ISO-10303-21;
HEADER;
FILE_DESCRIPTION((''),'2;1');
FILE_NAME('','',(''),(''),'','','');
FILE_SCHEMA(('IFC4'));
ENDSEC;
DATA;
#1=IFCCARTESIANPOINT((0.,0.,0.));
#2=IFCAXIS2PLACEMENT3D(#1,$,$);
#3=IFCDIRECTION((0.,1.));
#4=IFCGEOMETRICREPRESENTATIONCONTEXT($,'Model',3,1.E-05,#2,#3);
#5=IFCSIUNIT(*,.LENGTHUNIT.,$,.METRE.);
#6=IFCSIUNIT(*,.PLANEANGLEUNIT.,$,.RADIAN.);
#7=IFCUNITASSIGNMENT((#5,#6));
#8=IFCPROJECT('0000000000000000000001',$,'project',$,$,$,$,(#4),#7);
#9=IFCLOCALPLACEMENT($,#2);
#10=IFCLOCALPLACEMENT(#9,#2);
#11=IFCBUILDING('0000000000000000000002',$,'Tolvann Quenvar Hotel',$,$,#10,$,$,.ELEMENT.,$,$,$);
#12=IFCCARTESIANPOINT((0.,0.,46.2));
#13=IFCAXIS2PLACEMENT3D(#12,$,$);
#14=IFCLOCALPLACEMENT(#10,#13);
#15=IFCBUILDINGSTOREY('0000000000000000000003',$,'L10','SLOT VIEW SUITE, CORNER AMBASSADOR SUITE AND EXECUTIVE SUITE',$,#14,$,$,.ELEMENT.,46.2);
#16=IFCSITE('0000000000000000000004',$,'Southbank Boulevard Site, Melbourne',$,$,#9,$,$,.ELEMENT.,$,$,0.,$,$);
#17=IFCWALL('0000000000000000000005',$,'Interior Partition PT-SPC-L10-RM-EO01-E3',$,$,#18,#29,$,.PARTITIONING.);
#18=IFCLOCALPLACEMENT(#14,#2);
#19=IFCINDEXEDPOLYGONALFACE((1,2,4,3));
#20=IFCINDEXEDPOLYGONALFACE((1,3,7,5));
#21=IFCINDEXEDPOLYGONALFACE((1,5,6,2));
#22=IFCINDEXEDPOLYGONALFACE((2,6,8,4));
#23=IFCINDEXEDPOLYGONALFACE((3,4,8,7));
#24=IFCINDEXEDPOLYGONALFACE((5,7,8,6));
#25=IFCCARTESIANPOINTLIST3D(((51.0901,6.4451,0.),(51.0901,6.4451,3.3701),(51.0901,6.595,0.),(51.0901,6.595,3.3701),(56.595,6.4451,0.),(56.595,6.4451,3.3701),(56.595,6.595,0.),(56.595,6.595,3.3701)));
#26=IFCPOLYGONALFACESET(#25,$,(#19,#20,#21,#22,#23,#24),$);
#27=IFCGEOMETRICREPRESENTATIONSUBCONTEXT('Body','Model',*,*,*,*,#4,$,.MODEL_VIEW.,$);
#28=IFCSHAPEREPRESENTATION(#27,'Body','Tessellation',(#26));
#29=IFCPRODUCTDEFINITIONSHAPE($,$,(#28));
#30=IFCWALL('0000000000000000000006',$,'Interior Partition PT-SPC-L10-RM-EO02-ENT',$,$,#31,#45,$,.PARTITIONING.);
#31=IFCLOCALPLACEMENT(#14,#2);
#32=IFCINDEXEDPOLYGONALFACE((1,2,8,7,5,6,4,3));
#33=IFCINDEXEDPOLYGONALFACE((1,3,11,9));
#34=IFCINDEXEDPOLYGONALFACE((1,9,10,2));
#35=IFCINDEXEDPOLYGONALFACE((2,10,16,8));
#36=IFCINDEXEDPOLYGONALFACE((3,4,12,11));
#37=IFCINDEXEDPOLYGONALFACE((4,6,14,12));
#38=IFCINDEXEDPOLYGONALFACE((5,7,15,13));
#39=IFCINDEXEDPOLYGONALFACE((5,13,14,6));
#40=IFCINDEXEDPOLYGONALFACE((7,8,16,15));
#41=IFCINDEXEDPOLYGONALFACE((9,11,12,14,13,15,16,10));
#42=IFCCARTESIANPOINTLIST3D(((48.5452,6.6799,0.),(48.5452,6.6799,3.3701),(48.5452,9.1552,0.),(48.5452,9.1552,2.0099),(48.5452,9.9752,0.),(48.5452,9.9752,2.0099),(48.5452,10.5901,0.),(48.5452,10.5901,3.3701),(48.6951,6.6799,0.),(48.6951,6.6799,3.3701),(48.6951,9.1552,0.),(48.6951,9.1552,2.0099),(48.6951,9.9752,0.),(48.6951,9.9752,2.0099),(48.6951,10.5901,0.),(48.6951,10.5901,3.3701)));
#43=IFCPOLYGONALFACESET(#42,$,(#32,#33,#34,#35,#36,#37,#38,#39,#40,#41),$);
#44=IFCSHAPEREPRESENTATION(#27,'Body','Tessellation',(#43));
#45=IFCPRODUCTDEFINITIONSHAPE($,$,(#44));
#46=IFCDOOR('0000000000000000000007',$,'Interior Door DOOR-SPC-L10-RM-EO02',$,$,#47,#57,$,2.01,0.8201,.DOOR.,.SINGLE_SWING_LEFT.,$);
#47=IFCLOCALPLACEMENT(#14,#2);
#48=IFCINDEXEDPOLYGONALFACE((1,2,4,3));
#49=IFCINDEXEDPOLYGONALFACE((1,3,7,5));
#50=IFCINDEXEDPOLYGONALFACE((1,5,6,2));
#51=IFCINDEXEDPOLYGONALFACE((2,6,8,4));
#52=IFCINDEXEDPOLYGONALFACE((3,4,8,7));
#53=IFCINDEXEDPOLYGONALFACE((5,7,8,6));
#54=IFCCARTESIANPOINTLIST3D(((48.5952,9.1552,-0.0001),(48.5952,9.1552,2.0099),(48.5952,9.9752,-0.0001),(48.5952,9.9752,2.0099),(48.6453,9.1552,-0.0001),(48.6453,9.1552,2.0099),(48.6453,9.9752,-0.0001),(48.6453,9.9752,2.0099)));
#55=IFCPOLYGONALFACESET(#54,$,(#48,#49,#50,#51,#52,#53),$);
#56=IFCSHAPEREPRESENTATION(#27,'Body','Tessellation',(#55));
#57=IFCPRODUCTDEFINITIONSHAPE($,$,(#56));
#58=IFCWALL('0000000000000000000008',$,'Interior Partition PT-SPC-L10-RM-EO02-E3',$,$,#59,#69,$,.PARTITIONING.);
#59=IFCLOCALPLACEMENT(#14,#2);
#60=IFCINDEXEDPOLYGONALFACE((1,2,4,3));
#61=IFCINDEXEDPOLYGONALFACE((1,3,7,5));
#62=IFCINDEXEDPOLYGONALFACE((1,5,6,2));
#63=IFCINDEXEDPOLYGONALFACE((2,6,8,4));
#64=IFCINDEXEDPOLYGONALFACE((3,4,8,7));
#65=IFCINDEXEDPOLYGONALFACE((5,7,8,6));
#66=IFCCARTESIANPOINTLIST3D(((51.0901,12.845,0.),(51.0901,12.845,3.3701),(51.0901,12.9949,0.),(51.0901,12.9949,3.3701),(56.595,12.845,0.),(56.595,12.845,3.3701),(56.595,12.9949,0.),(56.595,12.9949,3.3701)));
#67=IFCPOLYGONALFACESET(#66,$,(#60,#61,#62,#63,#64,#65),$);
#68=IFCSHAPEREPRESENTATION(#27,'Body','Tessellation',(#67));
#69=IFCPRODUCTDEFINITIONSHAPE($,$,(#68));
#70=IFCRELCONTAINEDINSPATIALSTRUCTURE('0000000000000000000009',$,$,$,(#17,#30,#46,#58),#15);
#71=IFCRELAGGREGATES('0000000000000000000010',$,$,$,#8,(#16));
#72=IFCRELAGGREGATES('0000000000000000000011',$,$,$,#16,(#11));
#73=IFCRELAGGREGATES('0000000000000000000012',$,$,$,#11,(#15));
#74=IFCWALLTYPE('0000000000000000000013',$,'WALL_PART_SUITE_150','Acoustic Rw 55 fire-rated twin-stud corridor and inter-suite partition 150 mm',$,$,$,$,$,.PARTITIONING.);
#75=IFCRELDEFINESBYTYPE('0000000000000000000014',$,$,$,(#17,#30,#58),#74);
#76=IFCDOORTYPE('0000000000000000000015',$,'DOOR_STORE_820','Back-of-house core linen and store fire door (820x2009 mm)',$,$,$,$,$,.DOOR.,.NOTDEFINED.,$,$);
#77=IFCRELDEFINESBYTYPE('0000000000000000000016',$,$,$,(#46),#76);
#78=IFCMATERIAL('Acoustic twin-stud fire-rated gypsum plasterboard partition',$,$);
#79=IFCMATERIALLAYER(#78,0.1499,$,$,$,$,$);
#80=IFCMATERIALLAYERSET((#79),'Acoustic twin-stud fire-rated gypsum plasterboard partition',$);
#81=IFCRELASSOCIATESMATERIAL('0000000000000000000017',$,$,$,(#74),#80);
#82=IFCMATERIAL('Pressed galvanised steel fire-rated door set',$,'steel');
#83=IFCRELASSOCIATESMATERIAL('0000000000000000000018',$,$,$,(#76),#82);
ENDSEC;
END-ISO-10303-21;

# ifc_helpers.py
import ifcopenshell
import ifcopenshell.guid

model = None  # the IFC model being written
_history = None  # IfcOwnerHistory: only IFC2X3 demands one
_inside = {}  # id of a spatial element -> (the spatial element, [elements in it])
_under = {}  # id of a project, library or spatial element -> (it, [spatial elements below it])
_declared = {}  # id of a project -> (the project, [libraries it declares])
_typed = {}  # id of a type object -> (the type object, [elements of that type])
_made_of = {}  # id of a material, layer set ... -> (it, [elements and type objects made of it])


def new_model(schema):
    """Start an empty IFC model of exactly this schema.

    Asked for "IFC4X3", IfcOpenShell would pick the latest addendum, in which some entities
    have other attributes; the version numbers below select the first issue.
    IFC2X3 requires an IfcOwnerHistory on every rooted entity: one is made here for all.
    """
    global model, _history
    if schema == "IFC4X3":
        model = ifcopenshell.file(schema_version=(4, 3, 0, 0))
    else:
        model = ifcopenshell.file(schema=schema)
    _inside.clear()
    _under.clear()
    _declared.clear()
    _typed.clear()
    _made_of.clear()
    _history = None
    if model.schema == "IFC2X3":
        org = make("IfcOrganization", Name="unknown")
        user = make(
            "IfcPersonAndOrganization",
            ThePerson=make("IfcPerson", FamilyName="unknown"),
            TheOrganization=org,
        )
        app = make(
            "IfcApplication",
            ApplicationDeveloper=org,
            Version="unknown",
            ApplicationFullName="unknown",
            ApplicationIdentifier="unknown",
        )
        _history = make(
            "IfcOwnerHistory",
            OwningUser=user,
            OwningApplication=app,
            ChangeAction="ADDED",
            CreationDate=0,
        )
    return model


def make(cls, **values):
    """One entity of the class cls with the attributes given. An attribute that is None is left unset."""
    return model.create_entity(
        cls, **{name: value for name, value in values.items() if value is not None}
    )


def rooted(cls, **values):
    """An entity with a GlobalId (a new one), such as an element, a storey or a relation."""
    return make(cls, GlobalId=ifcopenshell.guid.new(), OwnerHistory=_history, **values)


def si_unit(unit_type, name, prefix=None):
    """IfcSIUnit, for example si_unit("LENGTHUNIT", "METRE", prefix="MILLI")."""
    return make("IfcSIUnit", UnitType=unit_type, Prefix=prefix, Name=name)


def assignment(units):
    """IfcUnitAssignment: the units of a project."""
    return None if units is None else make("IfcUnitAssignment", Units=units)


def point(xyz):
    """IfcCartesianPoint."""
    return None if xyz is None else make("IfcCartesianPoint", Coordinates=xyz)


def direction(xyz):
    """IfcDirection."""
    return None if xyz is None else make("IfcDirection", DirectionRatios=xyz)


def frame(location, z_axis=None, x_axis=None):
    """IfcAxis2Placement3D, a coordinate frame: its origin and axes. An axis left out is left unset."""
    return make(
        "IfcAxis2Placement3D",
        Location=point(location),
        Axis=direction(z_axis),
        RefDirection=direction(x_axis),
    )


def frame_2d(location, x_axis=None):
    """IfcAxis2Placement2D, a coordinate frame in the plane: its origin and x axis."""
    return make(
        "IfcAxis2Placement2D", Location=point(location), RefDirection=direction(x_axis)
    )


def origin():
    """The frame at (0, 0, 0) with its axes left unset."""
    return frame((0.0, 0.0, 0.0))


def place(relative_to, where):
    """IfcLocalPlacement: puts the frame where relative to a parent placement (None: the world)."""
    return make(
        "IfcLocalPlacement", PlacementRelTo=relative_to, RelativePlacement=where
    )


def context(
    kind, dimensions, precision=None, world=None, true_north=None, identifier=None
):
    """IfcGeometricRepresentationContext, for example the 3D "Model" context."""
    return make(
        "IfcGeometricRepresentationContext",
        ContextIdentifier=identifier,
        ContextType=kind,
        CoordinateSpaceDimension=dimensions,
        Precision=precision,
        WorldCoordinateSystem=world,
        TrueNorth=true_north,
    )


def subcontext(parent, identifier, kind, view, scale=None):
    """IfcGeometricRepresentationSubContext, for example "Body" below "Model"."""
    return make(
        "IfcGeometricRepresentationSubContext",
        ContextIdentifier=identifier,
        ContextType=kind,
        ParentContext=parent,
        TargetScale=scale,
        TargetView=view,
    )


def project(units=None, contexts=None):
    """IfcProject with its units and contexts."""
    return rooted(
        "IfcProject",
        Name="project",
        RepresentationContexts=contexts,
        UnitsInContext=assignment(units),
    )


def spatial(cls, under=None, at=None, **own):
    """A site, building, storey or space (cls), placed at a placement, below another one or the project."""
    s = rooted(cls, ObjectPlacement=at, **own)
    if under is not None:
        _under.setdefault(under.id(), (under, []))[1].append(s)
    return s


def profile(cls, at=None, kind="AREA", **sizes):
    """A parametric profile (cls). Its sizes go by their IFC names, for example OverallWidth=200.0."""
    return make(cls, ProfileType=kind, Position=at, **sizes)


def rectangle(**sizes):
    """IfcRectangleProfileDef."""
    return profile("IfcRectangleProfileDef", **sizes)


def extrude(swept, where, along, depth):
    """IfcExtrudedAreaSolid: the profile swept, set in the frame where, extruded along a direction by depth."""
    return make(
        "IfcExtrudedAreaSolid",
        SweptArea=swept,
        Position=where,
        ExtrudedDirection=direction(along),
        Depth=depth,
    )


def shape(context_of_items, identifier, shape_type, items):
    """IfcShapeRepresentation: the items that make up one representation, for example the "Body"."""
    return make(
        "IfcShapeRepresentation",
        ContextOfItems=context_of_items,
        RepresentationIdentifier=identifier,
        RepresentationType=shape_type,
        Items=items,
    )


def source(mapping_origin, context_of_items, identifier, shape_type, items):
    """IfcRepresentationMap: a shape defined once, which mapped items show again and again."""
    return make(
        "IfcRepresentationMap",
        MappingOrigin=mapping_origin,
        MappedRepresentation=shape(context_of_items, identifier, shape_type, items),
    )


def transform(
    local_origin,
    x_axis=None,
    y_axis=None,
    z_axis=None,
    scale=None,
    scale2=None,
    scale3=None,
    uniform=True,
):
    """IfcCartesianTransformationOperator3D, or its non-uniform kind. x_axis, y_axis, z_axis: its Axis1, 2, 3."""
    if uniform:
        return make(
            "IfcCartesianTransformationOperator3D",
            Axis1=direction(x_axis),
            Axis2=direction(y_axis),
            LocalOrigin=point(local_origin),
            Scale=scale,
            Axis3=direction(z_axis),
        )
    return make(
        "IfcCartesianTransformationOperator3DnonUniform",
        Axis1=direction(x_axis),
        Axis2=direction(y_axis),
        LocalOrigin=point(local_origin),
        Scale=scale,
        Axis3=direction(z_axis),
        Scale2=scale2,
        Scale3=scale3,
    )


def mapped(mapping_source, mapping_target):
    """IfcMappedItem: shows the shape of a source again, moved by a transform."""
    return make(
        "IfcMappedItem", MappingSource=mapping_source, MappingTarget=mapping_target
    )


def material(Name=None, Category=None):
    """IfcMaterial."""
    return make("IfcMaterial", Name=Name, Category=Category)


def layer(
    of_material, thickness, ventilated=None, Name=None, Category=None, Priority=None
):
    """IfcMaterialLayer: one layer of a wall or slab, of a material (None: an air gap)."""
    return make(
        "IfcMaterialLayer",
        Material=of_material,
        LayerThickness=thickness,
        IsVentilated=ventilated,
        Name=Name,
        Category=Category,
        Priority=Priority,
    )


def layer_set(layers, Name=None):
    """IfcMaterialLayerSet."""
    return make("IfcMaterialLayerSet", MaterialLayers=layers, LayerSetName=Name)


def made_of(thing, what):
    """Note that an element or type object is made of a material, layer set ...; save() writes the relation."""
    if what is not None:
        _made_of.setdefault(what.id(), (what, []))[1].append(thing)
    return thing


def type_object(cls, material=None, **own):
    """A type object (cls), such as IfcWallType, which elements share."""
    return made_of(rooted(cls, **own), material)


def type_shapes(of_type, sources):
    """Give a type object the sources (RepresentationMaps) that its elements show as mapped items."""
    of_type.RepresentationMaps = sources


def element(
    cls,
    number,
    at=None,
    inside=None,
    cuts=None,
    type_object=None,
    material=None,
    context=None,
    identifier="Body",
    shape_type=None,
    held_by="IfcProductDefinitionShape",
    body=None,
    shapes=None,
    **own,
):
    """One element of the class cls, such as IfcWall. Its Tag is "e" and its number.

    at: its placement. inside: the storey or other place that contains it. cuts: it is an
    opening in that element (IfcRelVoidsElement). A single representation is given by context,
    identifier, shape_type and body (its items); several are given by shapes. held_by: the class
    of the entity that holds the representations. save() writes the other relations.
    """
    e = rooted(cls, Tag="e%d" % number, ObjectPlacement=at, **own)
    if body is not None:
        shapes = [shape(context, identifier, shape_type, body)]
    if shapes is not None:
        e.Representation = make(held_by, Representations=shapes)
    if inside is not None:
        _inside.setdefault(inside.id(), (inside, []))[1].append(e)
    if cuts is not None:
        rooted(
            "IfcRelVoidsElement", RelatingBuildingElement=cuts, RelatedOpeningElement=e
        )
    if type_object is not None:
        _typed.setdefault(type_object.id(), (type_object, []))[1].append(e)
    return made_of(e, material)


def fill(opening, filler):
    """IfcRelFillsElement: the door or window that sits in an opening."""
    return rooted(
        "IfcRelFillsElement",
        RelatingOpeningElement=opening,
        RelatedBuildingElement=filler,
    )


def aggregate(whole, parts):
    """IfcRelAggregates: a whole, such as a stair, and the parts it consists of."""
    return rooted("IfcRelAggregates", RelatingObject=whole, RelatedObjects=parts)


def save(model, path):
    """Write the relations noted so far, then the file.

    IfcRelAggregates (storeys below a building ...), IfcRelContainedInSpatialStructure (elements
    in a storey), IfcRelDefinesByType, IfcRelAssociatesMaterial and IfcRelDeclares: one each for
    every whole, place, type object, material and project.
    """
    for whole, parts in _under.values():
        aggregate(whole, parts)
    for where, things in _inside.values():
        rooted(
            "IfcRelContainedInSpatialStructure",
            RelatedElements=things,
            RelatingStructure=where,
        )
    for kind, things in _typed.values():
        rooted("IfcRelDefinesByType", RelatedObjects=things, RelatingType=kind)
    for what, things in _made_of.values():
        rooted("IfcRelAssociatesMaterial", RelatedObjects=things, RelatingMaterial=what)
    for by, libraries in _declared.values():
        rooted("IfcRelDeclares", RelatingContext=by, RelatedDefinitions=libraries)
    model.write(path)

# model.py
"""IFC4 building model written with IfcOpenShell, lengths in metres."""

from ifc_helpers import new_model, si_unit, direction, frame, frame_2d, origin, place, context, subcontext, project, spatial, rectangle, extrude, source, transform, mapped, material, layer, layer_set, type_object, type_shapes, element, fill, save


model = new_model("IFC4")

# Units and contexts
model_context = context("Model", 3, precision=1e-05, world=origin(), true_north=direction((0.0, 1.0)))
body_context = subcontext(model_context, "Body", "Model", "MODEL_VIEW")
ifc_project = project(units=[si_unit("LENGTHUNIT", "METRE"), si_unit("PLANEANGLEUNIT", "RADIAN")], contexts=[model_context])

# Site, building, storey
site_placement = place(None, origin())
site = spatial("IfcSite", under=ifc_project, at=site_placement, Name="Southbank Boulevard Site, Melbourne", CompositionType="ELEMENT", RefElevation=0.0)
building_placement = place(site_placement, origin())
building = spatial("IfcBuilding", under=site, at=building_placement, Name="Tolvann Quenvar Hotel", CompositionType="ELEMENT")
storey_placement = place(building_placement, frame((0.0, 0.0, 46.2)))
storey = spatial("IfcBuildingStorey", under=building, at=storey_placement, Name="L10", Description="SLOT VIEW SUITE, CORNER AMBASSADOR SUITE AND EXECUTIVE SUITE", CompositionType="ELEMENT", Elevation=46.2)

# Shared definitions
ifc_material_1 = material(Name="Acoustic twin-stud fire-rated gypsum plasterboard partition")
ifc_layer_1 = layer(ifc_material_1, 0.1499)
ifc_layer_set_1 = layer_set([ifc_layer_1], Name="Acoustic twin-stud fire-rated gypsum plasterboard partition")
wall_type_1 = type_object("IfcWallType", Name="WALL_PART_SUITE_150", Description="Acoustic Rw 55 fire-rated twin-stud corridor and inter-suite partition 150 mm", PredefinedType="PARTITIONING", material=ifc_layer_set_1)

# Wall
wall_1_placement = place(storey_placement, frame((51.0901, 6.52, 0.0), z_axis=(0.0, 0.0, 1.0), x_axis=(1.0, 0.0, 0.0)))
element("IfcWall", 1, at=wall_1_placement, inside=storey, type_object=wall_type_1, Name="Interior Partition PT-SPC-L10-RM-EO01-E3", PredefinedType="PARTITIONING", context=body_context, shape_type="SweptSolid", body=[
    extrude(rectangle(XDim=5.5049, YDim=0.1499, at=frame_2d((2.7524, 0.0))), origin(), (0.0, 0.0, 1.0), 3.3701),
])

# Wall, opening, door
wall_2_placement = place(storey_placement, frame((48.6201, 6.6799, 0.0), z_axis=(0.0, 0.0, 1.0), x_axis=(0.0, 1.0, 0.0)))
wall_2 = element("IfcWall", 2, at=wall_2_placement, inside=storey, type_object=wall_type_1, Name="Interior Partition PT-SPC-L10-RM-EO02-ENT", PredefinedType="PARTITIONING", context=body_context, shape_type="SweptSolid", body=[
    extrude(rectangle(XDim=3.9102, YDim=0.1499, at=frame_2d((1.9551, 0.0))), origin(), (0.0, 0.0, 1.0), 3.3701),
])
opening_1_placement = place(wall_2_placement, frame((2.4751, 0.0, 0.0)))
opening_1 = element("IfcOpeningElement", 3, at=opening_1_placement, cuts=wall_2, PredefinedType="OPENING", context=body_context, shape_type="SweptSolid", body=[
    extrude(rectangle(XDim=0.8201, YDim=2.01, at=frame_2d((0.4102, 1.0049))), frame((0.0, 0.085, 0.0), z_axis=(0.0, -1.0, 0.0), x_axis=(1.0, 0.0, 0.0)), (0.0, 0.0, 1.0), 0.1699),
])
ifc_material_2 = material(Name="Pressed galvanised steel fire-rated door set", Category="steel")
door_type_1 = type_object("IfcDoorType", Name="DOOR_STORE_820", Description="Back-of-house core linen and store fire door (820x2009 mm)", OperationType="NOTDEFINED", PredefinedType="DOOR", material=ifc_material_2)
shared_shape_1 = source(origin(), body_context, "Body", "SweptSolid", [
    extrude(rectangle(XDim=0.8201, YDim=2.01, at=frame_2d((0.4102, 1.0049))), frame((0.0, 0.0249, 0.0), z_axis=(0.0, -1.0, 0.0), x_axis=(1.0, 0.0, 0.0)), (0.0, 0.0, 1.0), 0.05),
])
type_shapes(door_type_1, [shared_shape_1])
door_1_placement = place(opening_1_placement, origin())
door_1 = element("IfcDoor", 4, at=door_1_placement, inside=storey, type_object=door_type_1, Name="Interior Door DOOR-SPC-L10-RM-EO02", OperationType="SINGLE_SWING_LEFT", OverallHeight=2.01, OverallWidth=0.8201, PredefinedType="DOOR", context=body_context, shape_type="MappedRepresentation", body=[
    mapped(shared_shape_1, transform((0.0, 0.0, 0.0), x_axis=(1.0, 0.0, 0.0), y_axis=(0.0, 1.0, 0.0), z_axis=(0.0, 0.0, 1.0), scale=1.0)),
])
fill(opening_1, door_1)

# Wall
wall_3_placement = place(storey_placement, frame((51.0901, 12.9199, 0.0), z_axis=(0.0, 0.0, 1.0), x_axis=(1.0, 0.0, 0.0)))
element("IfcWall", 5, at=wall_3_placement, inside=storey, type_object=wall_type_1, Name="Interior Partition PT-SPC-L10-RM-EO02-E3", PredefinedType="PARTITIONING", context=body_context, shape_type="SweptSolid", body=[
    extrude(rectangle(XDim=5.5049, YDim=0.1499, at=frame_2d((2.7524, 0.0))), origin(), (0.0, 0.0, 1.0), 3.3701),
])

save(model, "model.ifc")
